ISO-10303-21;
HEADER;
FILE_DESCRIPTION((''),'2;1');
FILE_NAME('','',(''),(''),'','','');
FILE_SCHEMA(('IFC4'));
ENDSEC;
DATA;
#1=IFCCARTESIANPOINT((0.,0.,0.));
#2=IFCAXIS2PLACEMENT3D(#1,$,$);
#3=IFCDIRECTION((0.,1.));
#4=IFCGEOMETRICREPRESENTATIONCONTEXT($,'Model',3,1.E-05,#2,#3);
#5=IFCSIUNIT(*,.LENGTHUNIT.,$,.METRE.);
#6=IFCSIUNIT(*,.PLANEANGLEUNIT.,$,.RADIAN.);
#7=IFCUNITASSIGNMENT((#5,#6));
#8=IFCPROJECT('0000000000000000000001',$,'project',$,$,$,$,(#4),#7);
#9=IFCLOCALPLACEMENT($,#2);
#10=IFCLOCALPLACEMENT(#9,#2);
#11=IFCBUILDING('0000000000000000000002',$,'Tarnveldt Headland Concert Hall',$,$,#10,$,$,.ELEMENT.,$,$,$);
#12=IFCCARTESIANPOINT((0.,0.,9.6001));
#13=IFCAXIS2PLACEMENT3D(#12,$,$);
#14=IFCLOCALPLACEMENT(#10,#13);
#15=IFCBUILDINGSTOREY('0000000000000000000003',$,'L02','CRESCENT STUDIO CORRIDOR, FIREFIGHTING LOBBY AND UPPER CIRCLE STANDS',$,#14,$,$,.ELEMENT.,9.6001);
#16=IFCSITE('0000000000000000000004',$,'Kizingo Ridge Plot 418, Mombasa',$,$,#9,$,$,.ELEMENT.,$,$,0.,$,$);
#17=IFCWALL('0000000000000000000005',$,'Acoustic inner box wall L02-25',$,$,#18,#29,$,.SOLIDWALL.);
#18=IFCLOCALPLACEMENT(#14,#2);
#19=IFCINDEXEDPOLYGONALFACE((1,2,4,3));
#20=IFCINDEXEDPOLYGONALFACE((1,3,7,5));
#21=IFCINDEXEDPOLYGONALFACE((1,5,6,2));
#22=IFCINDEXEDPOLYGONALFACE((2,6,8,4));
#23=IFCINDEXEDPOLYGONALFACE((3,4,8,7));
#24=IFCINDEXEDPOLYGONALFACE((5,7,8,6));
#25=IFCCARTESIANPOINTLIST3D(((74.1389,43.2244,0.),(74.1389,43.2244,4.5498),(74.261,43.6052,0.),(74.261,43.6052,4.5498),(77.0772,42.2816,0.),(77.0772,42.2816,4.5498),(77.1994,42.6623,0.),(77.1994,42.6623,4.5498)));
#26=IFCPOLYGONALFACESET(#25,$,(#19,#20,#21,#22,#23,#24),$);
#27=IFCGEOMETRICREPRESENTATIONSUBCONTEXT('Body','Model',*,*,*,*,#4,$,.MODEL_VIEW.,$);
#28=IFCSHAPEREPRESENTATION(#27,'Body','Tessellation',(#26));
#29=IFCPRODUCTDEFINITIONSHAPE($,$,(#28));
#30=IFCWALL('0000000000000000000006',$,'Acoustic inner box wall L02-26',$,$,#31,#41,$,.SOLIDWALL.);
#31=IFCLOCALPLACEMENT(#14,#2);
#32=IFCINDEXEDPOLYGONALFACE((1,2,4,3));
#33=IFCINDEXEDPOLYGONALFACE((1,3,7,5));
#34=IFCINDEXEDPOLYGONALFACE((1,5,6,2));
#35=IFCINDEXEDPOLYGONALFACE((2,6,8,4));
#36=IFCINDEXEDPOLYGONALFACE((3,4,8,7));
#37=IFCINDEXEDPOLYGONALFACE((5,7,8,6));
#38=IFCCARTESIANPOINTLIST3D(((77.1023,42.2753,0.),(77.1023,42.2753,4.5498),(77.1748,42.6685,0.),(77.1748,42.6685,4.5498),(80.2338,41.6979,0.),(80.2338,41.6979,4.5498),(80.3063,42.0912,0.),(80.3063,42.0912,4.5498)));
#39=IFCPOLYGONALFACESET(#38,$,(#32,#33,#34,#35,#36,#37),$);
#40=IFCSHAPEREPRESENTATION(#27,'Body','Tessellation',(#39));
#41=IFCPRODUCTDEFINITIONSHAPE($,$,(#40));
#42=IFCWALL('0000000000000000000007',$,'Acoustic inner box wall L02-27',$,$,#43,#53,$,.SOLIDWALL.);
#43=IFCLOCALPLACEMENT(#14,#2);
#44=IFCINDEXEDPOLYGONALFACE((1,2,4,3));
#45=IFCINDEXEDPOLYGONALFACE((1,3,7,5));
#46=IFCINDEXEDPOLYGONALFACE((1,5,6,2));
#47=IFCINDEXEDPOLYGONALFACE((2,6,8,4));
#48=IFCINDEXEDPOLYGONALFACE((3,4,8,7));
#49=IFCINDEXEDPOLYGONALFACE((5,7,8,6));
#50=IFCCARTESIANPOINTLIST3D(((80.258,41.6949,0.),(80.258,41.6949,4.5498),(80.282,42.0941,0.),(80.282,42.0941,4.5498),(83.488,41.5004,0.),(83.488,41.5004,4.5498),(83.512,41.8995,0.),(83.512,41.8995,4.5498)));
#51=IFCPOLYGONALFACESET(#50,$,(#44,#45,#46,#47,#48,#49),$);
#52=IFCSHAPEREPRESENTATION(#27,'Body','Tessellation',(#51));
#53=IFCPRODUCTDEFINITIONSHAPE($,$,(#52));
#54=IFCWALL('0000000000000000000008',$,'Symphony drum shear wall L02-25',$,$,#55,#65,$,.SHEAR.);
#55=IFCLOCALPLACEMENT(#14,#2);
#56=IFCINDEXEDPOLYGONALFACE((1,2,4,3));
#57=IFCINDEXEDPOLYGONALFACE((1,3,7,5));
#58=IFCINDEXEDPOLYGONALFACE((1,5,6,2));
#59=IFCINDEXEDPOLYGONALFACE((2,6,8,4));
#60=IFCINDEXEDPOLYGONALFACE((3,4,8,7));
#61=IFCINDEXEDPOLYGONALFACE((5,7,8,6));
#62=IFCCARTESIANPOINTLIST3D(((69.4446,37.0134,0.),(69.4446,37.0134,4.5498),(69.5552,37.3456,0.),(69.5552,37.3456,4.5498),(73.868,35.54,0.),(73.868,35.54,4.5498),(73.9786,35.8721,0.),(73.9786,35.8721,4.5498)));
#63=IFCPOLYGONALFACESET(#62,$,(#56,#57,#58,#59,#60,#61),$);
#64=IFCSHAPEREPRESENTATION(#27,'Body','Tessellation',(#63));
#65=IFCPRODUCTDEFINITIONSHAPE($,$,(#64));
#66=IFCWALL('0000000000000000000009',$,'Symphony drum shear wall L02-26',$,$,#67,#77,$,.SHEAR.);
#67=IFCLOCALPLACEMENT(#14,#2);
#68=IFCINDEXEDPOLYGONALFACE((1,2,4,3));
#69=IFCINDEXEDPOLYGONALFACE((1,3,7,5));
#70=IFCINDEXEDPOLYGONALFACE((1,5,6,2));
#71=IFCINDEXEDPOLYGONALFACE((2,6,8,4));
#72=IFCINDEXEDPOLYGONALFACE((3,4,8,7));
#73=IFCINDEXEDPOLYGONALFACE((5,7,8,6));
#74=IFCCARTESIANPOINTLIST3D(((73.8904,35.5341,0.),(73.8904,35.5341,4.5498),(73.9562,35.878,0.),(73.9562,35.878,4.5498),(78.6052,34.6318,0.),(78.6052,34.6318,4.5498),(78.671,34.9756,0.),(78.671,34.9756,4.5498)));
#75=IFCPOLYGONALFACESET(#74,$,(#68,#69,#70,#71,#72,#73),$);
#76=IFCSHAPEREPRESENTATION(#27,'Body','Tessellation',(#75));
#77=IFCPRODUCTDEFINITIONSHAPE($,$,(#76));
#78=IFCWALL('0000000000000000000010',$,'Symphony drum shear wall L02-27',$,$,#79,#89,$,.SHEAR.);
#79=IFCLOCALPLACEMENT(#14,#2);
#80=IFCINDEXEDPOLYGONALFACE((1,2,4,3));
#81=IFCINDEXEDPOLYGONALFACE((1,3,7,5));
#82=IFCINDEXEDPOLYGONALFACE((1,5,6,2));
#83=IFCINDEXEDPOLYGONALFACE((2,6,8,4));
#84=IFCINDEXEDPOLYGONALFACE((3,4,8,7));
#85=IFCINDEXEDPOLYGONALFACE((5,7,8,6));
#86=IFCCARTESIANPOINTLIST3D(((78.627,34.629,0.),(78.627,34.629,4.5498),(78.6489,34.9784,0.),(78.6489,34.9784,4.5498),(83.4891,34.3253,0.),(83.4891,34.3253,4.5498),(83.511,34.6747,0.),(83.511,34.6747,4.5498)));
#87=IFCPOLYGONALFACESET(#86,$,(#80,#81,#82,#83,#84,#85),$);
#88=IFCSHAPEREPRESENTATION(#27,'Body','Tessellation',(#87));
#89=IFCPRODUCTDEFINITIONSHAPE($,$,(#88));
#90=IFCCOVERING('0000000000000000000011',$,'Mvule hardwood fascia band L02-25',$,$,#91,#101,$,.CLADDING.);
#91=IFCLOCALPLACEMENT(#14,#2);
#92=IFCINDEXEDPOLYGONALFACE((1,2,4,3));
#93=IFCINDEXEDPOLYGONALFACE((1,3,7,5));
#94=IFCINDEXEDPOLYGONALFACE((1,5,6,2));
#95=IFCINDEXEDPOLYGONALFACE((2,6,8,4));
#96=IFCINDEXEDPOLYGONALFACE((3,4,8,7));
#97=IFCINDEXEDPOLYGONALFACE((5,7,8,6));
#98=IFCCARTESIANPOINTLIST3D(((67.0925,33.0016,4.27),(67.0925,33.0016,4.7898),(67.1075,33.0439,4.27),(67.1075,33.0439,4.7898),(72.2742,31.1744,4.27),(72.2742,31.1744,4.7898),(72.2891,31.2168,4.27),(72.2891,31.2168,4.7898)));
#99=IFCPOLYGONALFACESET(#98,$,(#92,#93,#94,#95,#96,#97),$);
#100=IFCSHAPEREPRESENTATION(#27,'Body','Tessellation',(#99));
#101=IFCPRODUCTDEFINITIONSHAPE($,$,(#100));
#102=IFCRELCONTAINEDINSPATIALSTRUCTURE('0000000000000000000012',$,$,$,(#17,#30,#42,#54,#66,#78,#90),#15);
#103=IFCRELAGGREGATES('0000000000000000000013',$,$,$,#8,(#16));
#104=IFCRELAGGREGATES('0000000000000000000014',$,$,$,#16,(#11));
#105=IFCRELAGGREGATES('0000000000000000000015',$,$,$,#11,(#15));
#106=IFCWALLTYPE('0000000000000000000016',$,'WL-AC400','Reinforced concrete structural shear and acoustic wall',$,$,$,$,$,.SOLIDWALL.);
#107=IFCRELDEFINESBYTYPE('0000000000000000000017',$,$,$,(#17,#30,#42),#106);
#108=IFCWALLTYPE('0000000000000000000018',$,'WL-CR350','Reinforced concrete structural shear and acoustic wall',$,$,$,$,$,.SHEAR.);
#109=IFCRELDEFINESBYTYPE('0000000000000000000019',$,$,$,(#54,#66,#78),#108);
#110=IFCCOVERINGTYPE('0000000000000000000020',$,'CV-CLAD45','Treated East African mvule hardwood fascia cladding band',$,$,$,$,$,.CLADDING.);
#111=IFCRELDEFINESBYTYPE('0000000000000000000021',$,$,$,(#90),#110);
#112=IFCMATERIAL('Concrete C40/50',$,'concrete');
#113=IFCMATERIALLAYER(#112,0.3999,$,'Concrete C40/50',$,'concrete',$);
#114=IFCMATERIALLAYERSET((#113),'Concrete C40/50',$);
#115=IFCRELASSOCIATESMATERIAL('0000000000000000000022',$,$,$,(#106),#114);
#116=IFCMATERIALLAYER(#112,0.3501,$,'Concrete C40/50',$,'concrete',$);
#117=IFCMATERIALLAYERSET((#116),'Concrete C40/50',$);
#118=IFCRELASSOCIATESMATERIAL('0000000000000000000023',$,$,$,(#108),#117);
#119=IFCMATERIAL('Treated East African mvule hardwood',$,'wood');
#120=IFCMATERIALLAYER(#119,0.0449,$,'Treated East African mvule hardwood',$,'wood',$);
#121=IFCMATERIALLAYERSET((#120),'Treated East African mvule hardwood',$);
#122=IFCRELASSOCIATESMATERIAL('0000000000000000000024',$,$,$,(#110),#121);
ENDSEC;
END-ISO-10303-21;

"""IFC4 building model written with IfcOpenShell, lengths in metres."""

from ifc_helpers import new_model, si_unit, direction, frame, frame_2d, origin, place, context, subcontext, project, spatial, rectangle, extrude, material, layer, layer_set, type_object, element, save


model = new_model("IFC4")

# Units and contexts
model_context = context("Model", 3, precision=1e-05, world=origin(), true_north=direction((0.0, 1.0)))
body_context = subcontext(model_context, "Body", "Model", "MODEL_VIEW")
ifc_project = project(units=[si_unit("LENGTHUNIT", "METRE"), si_unit("PLANEANGLEUNIT", "RADIAN")], contexts=[model_context])

# Site, building, storey
site_placement = place(None, origin())
site = spatial("IfcSite", under=ifc_project, at=site_placement, Name="Kizingo Ridge Plot 418, Mombasa", CompositionType="ELEMENT", RefElevation=0.0)
building_placement = place(site_placement, origin())
building = spatial("IfcBuilding", under=site, at=building_placement, Name="Tarnveldt Headland Concert Hall", CompositionType="ELEMENT")
storey_placement = place(building_placement, frame((0.0, 0.0, 9.6001)))
storey = spatial("IfcBuildingStorey", under=building, at=storey_placement, Name="L02", Description="CRESCENT STUDIO CORRIDOR, FIREFIGHTING LOBBY AND UPPER CIRCLE STANDS", CompositionType="ELEMENT", Elevation=9.6001)

# Shared definitions
ifc_material_1 = material(Name="Concrete C40/50", Category="concrete")

# Walls
ifc_layer_1 = layer(ifc_material_1, 0.3999, Name="Concrete C40/50", Category="concrete")
ifc_layer_set_1 = layer_set([ifc_layer_1], Name="Concrete C40/50")
wall_type_1 = type_object("IfcWallType", Name="WL-AC400", Description="Reinforced concrete structural shear and acoustic wall", PredefinedType="SOLIDWALL", material=ifc_layer_set_1)
wall_1_placement = place(storey_placement, frame((74.2, 43.4148, 0.0), z_axis=(0.0, 0.0, 1.0), x_axis=(0.952183, -0.305528, 0.0)))
element("IfcWall", 1, at=wall_1_placement, inside=storey, type_object=wall_type_1, Name="Acoustic inner box wall L02-25", PredefinedType="SOLIDWALL", context=body_context, shape_type="SweptSolid", body=[
    extrude(rectangle(XDim=3.0859, YDim=0.3999, at=frame_2d((1.543, 0.0))), origin(), (0.0, 0.0, 1.0), 4.5498),
])
wall_2_placement = place(storey_placement, frame((77.1384, 42.4719, 0.0), z_axis=(0.0, 0.0, 1.0), x_axis=(0.983424, -0.18132, 0.0)))
element("IfcWall", 2, at=wall_2_placement, inside=storey, type_object=wall_type_1, Name="Acoustic inner box wall L02-26", PredefinedType="SOLIDWALL", context=body_context, shape_type="SweptSolid", body=[
    extrude(rectangle(XDim=3.1843, YDim=0.3999, at=frame_2d((1.5923, 0.0))), origin(), (0.0, 0.0, 1.0), 4.5498),
])
wall_3_placement = place(storey_placement, frame((80.27, 41.8945, 0.0), z_axis=(0.0, 0.0, 1.0), x_axis=(0.99819, -0.060133, 0.0)))
element("IfcWall", 3, at=wall_3_placement, inside=storey, type_object=wall_type_1, Name="Acoustic inner box wall L02-27", PredefinedType="SOLIDWALL", context=body_context, shape_type="SweptSolid", body=[
    extrude(rectangle(XDim=3.2358, YDim=0.3999, at=frame_2d((1.6179, 0.0))), origin(), (0.0, 0.0, 1.0), 4.5498),
])
ifc_layer_2 = layer(ifc_material_1, 0.3501, Name="Concrete C40/50", Category="concrete")
ifc_layer_set_2 = layer_set([ifc_layer_2], Name="Concrete C40/50")
wall_type_2 = type_object("IfcWallType", Name="WL-CR350", Description="Reinforced concrete structural shear and acoustic wall", PredefinedType="SHEAR", material=ifc_layer_set_2)
wall_4_placement = place(storey_placement, frame((69.5, 37.1794, 0.0), z_axis=(0.0, 0.0, 1.0), x_axis=(0.948751, -0.316024, 0.0)))
element("IfcWall", 4, at=wall_4_placement, inside=storey, type_object=wall_type_2, Name="Symphony drum shear wall L02-25", PredefinedType="SHEAR", context=body_context, shape_type="SweptSolid", body=[
    extrude(rectangle(XDim=4.6624, YDim=0.3501, at=frame_2d((2.3311, 0.0))), origin(), (0.0, 0.0, 1.0), 4.5498),
])
wall_5_placement = place(storey_placement, frame((73.9233, 35.7061, 0.0), z_axis=(0.0, 0.0, 1.0), x_axis=(0.982173, -0.187981, 0.0)))
element("IfcWall", 5, at=wall_5_placement, inside=storey, type_object=wall_type_2, Name="Symphony drum shear wall L02-26", PredefinedType="SHEAR", context=body_context, shape_type="SweptSolid", body=[
    extrude(rectangle(XDim=4.8003, YDim=0.3501, at=frame_2d((2.4001, 0.0))), origin(), (0.0, 0.0, 1.0), 4.5498),
])
wall_6_placement = place(storey_placement, frame((78.6379, 34.8037, 0.0), z_axis=(0.0, 0.0, 1.0), x_axis=(0.998055, -0.062344, 0.0)))
element("IfcWall", 6, at=wall_6_placement, inside=storey, type_object=wall_type_2, Name="Symphony drum shear wall L02-27", PredefinedType="SHEAR", context=body_context, shape_type="SweptSolid", body=[
    extrude(rectangle(XDim=4.8716, YDim=0.3501, at=frame_2d((2.4358, 0.0))), origin(), (0.0, 0.0, 1.0), 4.5498),
])

# Covering
ifc_material_2 = material(Name="Treated East African mvule hardwood", Category="wood")
ifc_layer_3 = layer(ifc_material_2, 0.0449, Name="Treated East African mvule hardwood", Category="wood")
ifc_layer_set_3 = layer_set([ifc_layer_3], Name="Treated East African mvule hardwood")
covering_type = type_object("IfcCoveringType", Name="CV-CLAD45", Description="Treated East African mvule hardwood fascia cladding band", PredefinedType="CLADDING", material=ifc_layer_set_3)
covering_placement = place(storey_placement, frame((67.1001, 33.0227, 4.27), z_axis=(0.0, 0.0, 1.0), x_axis=(0.943085, -0.33255, 0.0)))
element("IfcCovering", 7, at=covering_placement, inside=storey, type_object=covering_type, Name="Mvule hardwood fascia band L02-25", PredefinedType="CLADDING", context=body_context, shape_type="SweptSolid", body=[
    extrude(rectangle(XDim=5.4944, YDim=0.0449, at=frame_2d((2.7471, 0.0))), origin(), (0.0, 0.0, 1.0), 0.5198),
])

save(model, "model.ifc")
